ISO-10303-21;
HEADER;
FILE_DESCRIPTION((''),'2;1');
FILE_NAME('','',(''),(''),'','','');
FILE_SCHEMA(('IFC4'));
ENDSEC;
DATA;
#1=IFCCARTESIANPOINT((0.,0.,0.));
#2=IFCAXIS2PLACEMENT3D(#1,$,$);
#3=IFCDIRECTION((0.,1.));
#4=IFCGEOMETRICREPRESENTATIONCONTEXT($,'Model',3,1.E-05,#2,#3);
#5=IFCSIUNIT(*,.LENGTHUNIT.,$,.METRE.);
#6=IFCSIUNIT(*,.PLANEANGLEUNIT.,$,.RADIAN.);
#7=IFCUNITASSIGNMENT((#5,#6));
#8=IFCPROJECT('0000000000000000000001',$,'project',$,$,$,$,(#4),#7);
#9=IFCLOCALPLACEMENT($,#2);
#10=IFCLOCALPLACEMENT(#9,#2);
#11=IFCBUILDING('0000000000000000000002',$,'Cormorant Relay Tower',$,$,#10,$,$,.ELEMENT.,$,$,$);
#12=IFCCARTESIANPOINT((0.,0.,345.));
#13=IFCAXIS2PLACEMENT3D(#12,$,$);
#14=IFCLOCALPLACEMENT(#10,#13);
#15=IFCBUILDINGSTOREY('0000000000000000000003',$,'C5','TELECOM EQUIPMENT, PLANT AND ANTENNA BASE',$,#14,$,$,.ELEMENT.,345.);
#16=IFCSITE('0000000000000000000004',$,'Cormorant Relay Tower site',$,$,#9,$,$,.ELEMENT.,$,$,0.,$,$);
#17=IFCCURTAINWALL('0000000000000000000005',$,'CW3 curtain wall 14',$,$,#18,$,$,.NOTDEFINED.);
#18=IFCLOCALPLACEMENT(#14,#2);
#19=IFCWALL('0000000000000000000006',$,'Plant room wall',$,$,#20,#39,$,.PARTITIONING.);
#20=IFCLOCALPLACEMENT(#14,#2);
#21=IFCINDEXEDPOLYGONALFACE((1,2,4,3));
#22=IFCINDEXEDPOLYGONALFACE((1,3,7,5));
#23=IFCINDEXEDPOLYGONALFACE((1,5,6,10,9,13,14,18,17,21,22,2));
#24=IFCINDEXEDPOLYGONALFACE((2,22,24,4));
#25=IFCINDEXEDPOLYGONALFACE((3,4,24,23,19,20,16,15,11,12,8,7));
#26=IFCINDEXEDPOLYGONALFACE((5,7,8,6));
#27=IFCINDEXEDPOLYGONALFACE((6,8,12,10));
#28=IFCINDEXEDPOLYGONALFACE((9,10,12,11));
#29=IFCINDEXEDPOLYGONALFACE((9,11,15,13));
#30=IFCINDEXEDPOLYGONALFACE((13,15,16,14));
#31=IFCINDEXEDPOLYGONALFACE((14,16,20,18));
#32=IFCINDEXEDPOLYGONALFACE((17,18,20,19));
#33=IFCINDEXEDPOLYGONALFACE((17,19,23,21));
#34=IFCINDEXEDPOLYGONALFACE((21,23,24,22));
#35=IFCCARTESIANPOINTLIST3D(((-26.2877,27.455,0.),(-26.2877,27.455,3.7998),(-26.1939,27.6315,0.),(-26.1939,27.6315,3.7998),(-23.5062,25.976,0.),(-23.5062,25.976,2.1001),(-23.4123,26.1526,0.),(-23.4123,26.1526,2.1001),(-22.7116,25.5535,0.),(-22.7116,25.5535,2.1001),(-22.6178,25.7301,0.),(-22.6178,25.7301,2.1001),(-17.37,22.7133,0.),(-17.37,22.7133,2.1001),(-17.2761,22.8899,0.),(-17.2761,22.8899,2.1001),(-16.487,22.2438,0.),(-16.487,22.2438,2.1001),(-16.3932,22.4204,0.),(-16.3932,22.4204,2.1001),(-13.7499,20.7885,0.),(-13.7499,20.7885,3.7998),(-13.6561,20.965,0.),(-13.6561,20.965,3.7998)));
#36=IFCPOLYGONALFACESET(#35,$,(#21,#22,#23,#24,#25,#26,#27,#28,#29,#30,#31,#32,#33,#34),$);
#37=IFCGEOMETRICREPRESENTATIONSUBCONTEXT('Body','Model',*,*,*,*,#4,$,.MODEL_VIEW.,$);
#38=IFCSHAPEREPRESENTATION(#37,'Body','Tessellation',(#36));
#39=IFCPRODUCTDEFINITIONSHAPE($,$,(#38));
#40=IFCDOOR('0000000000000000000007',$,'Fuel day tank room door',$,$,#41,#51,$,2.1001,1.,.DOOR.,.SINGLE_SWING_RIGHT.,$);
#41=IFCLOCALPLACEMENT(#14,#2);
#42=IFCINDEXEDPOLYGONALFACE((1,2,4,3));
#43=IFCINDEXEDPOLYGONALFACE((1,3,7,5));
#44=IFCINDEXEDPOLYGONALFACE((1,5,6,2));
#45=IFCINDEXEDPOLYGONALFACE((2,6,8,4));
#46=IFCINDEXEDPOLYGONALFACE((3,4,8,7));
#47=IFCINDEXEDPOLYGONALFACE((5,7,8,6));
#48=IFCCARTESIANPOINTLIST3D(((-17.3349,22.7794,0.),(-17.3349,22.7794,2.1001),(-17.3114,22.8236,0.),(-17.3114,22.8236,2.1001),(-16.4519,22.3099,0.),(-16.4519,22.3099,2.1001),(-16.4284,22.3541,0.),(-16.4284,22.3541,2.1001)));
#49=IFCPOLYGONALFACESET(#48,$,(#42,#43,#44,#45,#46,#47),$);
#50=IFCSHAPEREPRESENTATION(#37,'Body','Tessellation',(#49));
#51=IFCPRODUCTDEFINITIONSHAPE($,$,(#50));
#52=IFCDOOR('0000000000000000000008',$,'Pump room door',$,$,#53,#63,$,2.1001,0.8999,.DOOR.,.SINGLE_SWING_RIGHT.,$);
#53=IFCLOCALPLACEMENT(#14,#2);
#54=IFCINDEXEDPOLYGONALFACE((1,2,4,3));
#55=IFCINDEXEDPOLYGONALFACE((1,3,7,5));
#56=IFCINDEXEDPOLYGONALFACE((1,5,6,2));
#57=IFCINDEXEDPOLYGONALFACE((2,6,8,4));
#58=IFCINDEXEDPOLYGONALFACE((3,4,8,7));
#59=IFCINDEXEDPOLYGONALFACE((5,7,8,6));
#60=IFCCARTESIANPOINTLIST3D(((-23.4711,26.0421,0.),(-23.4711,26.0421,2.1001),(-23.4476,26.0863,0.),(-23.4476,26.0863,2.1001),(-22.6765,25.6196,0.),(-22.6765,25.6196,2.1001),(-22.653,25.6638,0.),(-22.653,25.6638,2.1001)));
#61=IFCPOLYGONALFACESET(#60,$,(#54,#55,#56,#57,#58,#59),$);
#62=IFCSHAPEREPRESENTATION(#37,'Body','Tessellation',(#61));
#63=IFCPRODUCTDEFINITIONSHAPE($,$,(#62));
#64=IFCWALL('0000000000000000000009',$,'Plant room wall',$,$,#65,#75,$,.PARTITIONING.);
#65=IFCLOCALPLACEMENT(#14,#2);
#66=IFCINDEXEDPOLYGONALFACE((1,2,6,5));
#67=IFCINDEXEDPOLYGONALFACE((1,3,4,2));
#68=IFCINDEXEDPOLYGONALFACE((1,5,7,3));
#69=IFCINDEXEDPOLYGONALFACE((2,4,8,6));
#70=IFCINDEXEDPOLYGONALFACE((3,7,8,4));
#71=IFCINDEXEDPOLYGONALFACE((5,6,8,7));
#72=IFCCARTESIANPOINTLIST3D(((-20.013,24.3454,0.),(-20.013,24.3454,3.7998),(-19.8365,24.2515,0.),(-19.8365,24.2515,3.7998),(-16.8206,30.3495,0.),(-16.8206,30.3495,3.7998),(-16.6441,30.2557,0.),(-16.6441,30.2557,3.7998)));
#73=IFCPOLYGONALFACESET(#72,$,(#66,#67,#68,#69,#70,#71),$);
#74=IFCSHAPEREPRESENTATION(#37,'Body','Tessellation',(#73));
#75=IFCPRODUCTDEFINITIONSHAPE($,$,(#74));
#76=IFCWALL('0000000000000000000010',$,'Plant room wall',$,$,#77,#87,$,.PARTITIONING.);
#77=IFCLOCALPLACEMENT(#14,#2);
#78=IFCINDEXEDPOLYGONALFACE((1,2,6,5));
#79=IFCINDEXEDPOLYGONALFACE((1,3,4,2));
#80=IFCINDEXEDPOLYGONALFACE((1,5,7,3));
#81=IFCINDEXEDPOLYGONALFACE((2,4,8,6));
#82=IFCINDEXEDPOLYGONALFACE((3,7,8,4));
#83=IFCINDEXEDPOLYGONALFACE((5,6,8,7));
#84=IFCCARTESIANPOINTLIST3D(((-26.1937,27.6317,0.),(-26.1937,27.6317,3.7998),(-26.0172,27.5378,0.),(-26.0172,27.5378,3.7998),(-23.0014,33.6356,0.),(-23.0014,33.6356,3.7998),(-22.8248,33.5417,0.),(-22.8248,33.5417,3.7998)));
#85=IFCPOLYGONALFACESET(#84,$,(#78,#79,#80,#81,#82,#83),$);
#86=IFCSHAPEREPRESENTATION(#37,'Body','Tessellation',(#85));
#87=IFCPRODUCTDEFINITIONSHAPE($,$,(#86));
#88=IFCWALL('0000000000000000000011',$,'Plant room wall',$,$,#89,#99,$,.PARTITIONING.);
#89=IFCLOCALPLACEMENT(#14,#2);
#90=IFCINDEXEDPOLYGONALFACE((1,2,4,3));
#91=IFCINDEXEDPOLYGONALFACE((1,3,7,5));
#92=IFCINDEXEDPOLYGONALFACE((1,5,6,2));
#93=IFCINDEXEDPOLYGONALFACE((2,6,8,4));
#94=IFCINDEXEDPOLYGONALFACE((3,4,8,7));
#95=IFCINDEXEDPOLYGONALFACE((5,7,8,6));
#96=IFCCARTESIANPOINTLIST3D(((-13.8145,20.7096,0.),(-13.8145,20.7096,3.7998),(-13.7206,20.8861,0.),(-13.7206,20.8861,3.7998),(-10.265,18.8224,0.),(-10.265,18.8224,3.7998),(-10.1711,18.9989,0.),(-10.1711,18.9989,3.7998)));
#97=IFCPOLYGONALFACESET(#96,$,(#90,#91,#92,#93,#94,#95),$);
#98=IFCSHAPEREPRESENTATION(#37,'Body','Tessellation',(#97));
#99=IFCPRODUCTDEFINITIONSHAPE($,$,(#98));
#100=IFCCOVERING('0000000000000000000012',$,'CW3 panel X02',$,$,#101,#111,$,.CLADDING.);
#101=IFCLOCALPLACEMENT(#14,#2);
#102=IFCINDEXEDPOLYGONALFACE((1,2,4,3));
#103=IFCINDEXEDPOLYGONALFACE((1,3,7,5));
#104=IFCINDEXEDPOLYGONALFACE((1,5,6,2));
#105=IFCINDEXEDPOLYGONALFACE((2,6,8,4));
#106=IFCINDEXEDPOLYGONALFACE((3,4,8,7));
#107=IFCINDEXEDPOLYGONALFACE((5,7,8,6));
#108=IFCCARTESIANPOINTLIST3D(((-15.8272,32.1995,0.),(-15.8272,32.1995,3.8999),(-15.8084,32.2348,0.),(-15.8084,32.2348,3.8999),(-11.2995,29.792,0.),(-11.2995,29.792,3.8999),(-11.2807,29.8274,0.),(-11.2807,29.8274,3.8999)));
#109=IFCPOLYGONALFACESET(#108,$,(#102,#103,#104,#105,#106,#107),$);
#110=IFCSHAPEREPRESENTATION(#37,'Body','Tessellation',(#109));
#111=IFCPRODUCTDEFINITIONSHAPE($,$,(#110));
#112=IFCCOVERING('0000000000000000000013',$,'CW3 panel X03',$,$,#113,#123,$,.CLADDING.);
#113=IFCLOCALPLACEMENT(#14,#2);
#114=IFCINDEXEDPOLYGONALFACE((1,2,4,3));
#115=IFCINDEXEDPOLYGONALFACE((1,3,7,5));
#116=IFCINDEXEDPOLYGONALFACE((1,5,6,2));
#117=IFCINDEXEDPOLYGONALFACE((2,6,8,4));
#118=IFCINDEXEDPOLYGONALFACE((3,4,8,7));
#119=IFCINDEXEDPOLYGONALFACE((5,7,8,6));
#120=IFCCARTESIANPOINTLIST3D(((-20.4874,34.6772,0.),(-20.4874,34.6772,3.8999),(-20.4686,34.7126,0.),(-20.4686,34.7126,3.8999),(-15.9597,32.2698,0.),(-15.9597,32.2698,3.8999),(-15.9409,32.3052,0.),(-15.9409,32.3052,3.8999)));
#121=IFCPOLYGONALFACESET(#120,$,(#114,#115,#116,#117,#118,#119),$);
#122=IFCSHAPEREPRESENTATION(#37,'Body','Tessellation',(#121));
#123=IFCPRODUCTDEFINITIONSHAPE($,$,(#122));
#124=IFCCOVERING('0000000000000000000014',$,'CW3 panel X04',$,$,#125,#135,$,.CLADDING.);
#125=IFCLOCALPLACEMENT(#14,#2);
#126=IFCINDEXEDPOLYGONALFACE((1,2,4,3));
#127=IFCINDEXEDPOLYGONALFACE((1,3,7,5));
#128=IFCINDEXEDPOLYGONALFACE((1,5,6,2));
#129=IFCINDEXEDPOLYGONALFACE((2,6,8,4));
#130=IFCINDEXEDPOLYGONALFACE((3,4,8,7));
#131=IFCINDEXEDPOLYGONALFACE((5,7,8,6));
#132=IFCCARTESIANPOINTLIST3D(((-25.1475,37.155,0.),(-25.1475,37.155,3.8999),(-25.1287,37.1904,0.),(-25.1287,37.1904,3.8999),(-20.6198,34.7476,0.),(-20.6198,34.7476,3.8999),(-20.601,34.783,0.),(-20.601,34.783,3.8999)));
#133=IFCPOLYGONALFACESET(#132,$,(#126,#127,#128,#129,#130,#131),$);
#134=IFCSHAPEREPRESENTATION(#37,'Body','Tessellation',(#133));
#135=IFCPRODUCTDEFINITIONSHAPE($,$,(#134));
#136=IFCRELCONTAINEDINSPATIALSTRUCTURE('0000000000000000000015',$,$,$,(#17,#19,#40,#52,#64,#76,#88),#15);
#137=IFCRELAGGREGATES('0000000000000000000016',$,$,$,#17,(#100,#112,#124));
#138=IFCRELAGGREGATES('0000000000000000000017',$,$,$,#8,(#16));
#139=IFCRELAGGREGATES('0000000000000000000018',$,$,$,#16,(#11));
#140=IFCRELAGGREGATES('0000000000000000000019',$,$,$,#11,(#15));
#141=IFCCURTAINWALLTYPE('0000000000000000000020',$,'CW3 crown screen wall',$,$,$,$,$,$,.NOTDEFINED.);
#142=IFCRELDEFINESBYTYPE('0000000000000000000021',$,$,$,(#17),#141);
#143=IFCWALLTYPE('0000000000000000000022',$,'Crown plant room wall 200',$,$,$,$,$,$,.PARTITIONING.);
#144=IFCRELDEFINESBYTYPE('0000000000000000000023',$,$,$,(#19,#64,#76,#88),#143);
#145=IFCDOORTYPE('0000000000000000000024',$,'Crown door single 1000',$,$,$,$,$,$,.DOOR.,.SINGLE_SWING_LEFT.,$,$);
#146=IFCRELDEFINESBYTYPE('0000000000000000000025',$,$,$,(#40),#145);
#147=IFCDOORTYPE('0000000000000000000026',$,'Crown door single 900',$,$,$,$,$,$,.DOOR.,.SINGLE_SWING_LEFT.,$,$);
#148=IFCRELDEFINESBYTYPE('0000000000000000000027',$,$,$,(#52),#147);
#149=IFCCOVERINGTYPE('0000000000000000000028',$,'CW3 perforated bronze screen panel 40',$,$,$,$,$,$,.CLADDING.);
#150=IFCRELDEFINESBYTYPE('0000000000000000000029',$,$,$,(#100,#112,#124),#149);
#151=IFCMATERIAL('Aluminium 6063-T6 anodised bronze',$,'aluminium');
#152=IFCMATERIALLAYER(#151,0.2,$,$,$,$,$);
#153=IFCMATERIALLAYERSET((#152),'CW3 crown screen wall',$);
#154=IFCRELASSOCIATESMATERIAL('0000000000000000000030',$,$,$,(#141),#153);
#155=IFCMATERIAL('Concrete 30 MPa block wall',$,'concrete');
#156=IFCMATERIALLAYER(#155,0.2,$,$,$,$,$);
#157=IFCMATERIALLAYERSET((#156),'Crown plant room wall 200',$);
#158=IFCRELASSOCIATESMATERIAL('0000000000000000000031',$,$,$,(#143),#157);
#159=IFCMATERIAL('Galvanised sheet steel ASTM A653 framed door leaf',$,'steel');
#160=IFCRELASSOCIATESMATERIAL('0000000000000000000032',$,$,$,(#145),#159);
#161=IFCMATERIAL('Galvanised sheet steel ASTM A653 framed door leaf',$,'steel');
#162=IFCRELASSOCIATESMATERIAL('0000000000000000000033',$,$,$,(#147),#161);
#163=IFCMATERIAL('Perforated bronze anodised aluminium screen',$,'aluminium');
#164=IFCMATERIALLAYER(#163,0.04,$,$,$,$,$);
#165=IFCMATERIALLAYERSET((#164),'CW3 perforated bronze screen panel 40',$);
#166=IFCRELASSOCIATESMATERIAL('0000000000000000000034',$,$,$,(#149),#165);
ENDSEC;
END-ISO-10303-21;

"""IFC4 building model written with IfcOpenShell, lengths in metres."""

from ifc_helpers import new_model, si_unit, direction, frame, frame_2d, origin, origin_2d, place, context, subcontext, project, spatial, rectangle, extrude, material, layer, layer_set, type_object, element, fill, aggregate, save


model = new_model("IFC4")

# Units and contexts
model_context = context("Model", 3, precision=1e-05, world=origin(), true_north=direction((0.0, 1.0)))
body_context = subcontext(model_context, "Body", "Model", "MODEL_VIEW")
ifc_project = project(units=[si_unit("LENGTHUNIT", "METRE"), si_unit("PLANEANGLEUNIT", "RADIAN")], contexts=[model_context])

# Site, building, storey
site_placement = place(None, origin())
site = spatial("IfcSite", under=ifc_project, at=site_placement, Name="Cormorant Relay Tower site", CompositionType="ELEMENT", RefElevation=0.0)
building_placement = place(site_placement, origin())
building = spatial("IfcBuilding", under=site, at=building_placement, Name="Cormorant Relay Tower", CompositionType="ELEMENT")
storey_placement = place(building_placement, frame((0.0, 0.0, 345.0)))
storey = spatial("IfcBuildingStorey", under=building, at=storey_placement, Name="C5", Description="TELECOM EQUIPMENT, PLANT AND ANTENNA BASE", CompositionType="ELEMENT", Elevation=345.0)

# Curtain wall
ifc_material_1 = material(Name="Aluminium 6063-T6 anodised bronze", Category="aluminium")
ifc_layer_1 = layer(ifc_material_1, 0.2)
ifc_layer_set_1 = layer_set([ifc_layer_1], Name="CW3 crown screen wall")
curtain_wall_type = type_object("IfcCurtainWallType", Name="CW3 crown screen wall", PredefinedType="NOTDEFINED", material=ifc_layer_set_1)
curtain_wall_placement = place(storey_placement, origin())
curtain_wall = element("IfcCurtainWall", 1, at=curtain_wall_placement, inside=storey, type_object=curtain_wall_type, Name="CW3 curtain wall 14", PredefinedType="NOTDEFINED")

# Wall, openings, doors
ifc_material_2 = material(Name="Concrete 30 MPa block wall", Category="concrete")
ifc_layer_2 = layer(ifc_material_2, 0.2)
ifc_layer_set_2 = layer_set([ifc_layer_2], Name="Crown plant room wall 200")
wall_type_1 = type_object("IfcWallType", Name="Crown plant room wall 200", PredefinedType="PARTITIONING", material=ifc_layer_set_2)
wall_1_placement = place(storey_placement, frame((-13.7029, 20.8767, 0.0), z_axis=(0.0, 0.0, 1.0), x_axis=(-0.882947, 0.469472, 0.0)))
wall_1 = element("IfcWall", 2, at=wall_1_placement, inside=storey, type_object=wall_type_1, Name="Plant room wall", PredefinedType="PARTITIONING", context=body_context, shape_type="SweptSolid", body=[
    extrude(rectangle(XDim=14.2, YDim=0.2, at=frame_2d((7.1001, 0.0))), origin(), (0.0, 0.0, 1.0), 3.7998),
])
opening_1_placement = place(wall_1_placement, frame((3.1001, 0.0, 0.0)))
opening_1 = element("IfcOpeningElement", 3, at=opening_1_placement, cuts=wall_1, PredefinedType="OPENING", context=body_context, shape_type="SweptSolid", body=[
    extrude(rectangle(XDim=1.0, YDim=2.1001, at=frame_2d((0.5, 1.05))), frame((0.0, 0.1099, 0.0), z_axis=(0.0, -1.0, 0.0), x_axis=(1.0, 0.0, 0.0)), (0.0, 0.0, 1.0), 0.22),
])
opening_2_placement = place(wall_1_placement, frame((10.1499, 0.0, 0.0)))
opening_2 = element("IfcOpeningElement", 4, at=opening_2_placement, cuts=wall_1, PredefinedType="OPENING", context=body_context, shape_type="SweptSolid", body=[
    extrude(rectangle(XDim=0.8999, YDim=2.1001, at=frame_2d((0.45, 1.05))), frame((0.0, 0.1099, 0.0), z_axis=(0.0, -1.0, 0.0), x_axis=(1.0, 0.0, 0.0)), (0.0, 0.0, 1.0), 0.22),
])
ifc_material_3 = material(Name="Galvanised sheet steel ASTM A653 framed door leaf", Category="steel")
door_type_1 = type_object("IfcDoorType", Name="Crown door single 1000", OperationType="SINGLE_SWING_LEFT", PredefinedType="DOOR", material=ifc_material_3)
door_1_placement = place(opening_1_placement, frame((1.0, 0.0, 0.0), z_axis=(0.0, 0.0, 1.0), x_axis=(-1.0, 0.0, 0.0)))
door_1 = element("IfcDoor", 5, at=door_1_placement, inside=storey, type_object=door_type_1, Name="Fuel day tank room door", OperationType="SINGLE_SWING_RIGHT", OverallHeight=2.1001, OverallWidth=1.0, PredefinedType="DOOR", context=body_context, shape_type="SweptSolid", body=[
    extrude(rectangle(XDim=1.0, YDim=2.1001, at=frame_2d((0.5, 1.05))), frame((0.0, 0.0249, 0.0), z_axis=(0.0, -1.0, 0.0), x_axis=(1.0, 0.0, 0.0)), (0.0, 0.0, 1.0), 0.05),
])
fill(opening_1, door_1)
ifc_material_4 = material(Name="Galvanised sheet steel ASTM A653 framed door leaf", Category="steel")
door_type_2 = type_object("IfcDoorType", Name="Crown door single 900", OperationType="SINGLE_SWING_LEFT", PredefinedType="DOOR", material=ifc_material_4)
door_2_placement = place(opening_2_placement, frame((0.8999, 0.0, 0.0), z_axis=(0.0, 0.0, 1.0), x_axis=(-1.0, 0.0, 0.0)))
door_2 = element("IfcDoor", 6, at=door_2_placement, inside=storey, type_object=door_type_2, Name="Pump room door", OperationType="SINGLE_SWING_RIGHT", OverallHeight=2.1001, OverallWidth=0.8999, PredefinedType="DOOR", context=body_context, shape_type="SweptSolid", body=[
    extrude(rectangle(XDim=0.8999, YDim=2.1001, at=frame_2d((0.45, 1.05))), frame((0.0, 0.0249, 0.0), z_axis=(0.0, -1.0, 0.0), x_axis=(1.0, 0.0, 0.0)), (0.0, 0.0, 1.0), 0.05),
])
fill(opening_2, door_2)

# Walls
wall_2_placement = place(storey_placement, frame((-16.7324, 30.3025, 0.0), z_axis=(0.0, 0.0, 1.0), x_axis=(-0.469462, -0.882953, 0.0)))
element("IfcWall", 7, at=wall_2_placement, inside=storey, type_object=wall_type_1, Name="Plant room wall", PredefinedType="PARTITIONING", context=body_context, shape_type="SweptSolid", body=[
    extrude(rectangle(XDim=6.8, YDim=0.2, at=frame_2d((3.3999, 0.0))), origin(), (0.0, 0.0, 1.0), 3.7998),
])
wall_3_placement = place(storey_placement, frame((-22.9131, 33.5886, 0.0), z_axis=(0.0, 0.0, 1.0), x_axis=(-0.469477, -0.882945, 0.0)))
element("IfcWall", 8, at=wall_3_placement, inside=storey, type_object=wall_type_1, Name="Plant room wall", PredefinedType="PARTITIONING", context=body_context, shape_type="SweptSolid", body=[
    extrude(rectangle(XDim=6.7998, YDim=0.2, at=frame_2d((3.3999, 0.0))), origin(), (0.0, 0.0, 1.0), 3.7998),
])
wall_4_placement = place(storey_placement, frame((-13.7676, 20.7979, 0.0), z_axis=(0.0, 0.0, 1.0), x_axis=(0.882961, -0.469447, 0.0)))
element("IfcWall", 9, at=wall_4_placement, inside=storey, type_object=wall_type_1, Name="Plant room wall", PredefinedType="PARTITIONING", context=body_context, shape_type="SweptSolid", body=[
    extrude(rectangle(XDim=4.02, YDim=0.2, at=frame_2d((2.01, 0.0))), origin(), (0.0, 0.0, 1.0), 3.7998),
])

# Coverings
ifc_material_5 = material(Name="Perforated bronze anodised aluminium screen", Category="aluminium")
ifc_layer_3 = layer(ifc_material_5, 0.04)
ifc_layer_set_3 = layer_set([ifc_layer_3], Name="CW3 perforated bronze screen panel 40")
covering_type = type_object("IfcCoveringType", Name="CW3 perforated bronze screen panel 40", PredefinedType="CLADDING", material=ifc_layer_set_3)
covering_1_placement = place(storey_placement, frame((-13.554, 31.0134, 0.0), z_axis=(0.0, 0.0, 1.0), x_axis=(-0.882948, 0.469472, 0.0)))
covering_1 = element("IfcCovering", 10, at=covering_1_placement, type_object=covering_type, Name="CW3 panel X02", PredefinedType="CLADDING", context=body_context, shape_type="SweptSolid", body=[
    extrude(rectangle(XDim=5.1279, YDim=0.04, at=origin_2d()), origin(), (0.0, 0.0, 1.0), 3.8999),
])
covering_2_placement = place(storey_placement, frame((-18.2141, 33.4912, 0.0), z_axis=(0.0, 0.0, 1.0), x_axis=(-0.882948, 0.469472, 0.0)))
covering_2 = element("IfcCovering", 11, at=covering_2_placement, type_object=covering_type, Name="CW3 panel X03", PredefinedType="CLADDING", context=body_context, shape_type="SweptSolid", body=[
    extrude(rectangle(XDim=5.1279, YDim=0.04, at=origin_2d()), origin(), (0.0, 0.0, 1.0), 3.8999),
])
covering_3_placement = place(storey_placement, frame((-22.8743, 35.969, 0.0), z_axis=(0.0, 0.0, 1.0), x_axis=(-0.882948, 0.469472, 0.0)))
covering_3 = element("IfcCovering", 12, at=covering_3_placement, type_object=covering_type, Name="CW3 panel X04", PredefinedType="CLADDING", context=body_context, shape_type="SweptSolid", body=[
    extrude(rectangle(XDim=5.1279, YDim=0.04, at=origin_2d()), origin(), (0.0, 0.0, 1.0), 3.8999),
])
aggregate(curtain_wall, [covering_1, covering_2, covering_3])

save(model, "model.ifc")
